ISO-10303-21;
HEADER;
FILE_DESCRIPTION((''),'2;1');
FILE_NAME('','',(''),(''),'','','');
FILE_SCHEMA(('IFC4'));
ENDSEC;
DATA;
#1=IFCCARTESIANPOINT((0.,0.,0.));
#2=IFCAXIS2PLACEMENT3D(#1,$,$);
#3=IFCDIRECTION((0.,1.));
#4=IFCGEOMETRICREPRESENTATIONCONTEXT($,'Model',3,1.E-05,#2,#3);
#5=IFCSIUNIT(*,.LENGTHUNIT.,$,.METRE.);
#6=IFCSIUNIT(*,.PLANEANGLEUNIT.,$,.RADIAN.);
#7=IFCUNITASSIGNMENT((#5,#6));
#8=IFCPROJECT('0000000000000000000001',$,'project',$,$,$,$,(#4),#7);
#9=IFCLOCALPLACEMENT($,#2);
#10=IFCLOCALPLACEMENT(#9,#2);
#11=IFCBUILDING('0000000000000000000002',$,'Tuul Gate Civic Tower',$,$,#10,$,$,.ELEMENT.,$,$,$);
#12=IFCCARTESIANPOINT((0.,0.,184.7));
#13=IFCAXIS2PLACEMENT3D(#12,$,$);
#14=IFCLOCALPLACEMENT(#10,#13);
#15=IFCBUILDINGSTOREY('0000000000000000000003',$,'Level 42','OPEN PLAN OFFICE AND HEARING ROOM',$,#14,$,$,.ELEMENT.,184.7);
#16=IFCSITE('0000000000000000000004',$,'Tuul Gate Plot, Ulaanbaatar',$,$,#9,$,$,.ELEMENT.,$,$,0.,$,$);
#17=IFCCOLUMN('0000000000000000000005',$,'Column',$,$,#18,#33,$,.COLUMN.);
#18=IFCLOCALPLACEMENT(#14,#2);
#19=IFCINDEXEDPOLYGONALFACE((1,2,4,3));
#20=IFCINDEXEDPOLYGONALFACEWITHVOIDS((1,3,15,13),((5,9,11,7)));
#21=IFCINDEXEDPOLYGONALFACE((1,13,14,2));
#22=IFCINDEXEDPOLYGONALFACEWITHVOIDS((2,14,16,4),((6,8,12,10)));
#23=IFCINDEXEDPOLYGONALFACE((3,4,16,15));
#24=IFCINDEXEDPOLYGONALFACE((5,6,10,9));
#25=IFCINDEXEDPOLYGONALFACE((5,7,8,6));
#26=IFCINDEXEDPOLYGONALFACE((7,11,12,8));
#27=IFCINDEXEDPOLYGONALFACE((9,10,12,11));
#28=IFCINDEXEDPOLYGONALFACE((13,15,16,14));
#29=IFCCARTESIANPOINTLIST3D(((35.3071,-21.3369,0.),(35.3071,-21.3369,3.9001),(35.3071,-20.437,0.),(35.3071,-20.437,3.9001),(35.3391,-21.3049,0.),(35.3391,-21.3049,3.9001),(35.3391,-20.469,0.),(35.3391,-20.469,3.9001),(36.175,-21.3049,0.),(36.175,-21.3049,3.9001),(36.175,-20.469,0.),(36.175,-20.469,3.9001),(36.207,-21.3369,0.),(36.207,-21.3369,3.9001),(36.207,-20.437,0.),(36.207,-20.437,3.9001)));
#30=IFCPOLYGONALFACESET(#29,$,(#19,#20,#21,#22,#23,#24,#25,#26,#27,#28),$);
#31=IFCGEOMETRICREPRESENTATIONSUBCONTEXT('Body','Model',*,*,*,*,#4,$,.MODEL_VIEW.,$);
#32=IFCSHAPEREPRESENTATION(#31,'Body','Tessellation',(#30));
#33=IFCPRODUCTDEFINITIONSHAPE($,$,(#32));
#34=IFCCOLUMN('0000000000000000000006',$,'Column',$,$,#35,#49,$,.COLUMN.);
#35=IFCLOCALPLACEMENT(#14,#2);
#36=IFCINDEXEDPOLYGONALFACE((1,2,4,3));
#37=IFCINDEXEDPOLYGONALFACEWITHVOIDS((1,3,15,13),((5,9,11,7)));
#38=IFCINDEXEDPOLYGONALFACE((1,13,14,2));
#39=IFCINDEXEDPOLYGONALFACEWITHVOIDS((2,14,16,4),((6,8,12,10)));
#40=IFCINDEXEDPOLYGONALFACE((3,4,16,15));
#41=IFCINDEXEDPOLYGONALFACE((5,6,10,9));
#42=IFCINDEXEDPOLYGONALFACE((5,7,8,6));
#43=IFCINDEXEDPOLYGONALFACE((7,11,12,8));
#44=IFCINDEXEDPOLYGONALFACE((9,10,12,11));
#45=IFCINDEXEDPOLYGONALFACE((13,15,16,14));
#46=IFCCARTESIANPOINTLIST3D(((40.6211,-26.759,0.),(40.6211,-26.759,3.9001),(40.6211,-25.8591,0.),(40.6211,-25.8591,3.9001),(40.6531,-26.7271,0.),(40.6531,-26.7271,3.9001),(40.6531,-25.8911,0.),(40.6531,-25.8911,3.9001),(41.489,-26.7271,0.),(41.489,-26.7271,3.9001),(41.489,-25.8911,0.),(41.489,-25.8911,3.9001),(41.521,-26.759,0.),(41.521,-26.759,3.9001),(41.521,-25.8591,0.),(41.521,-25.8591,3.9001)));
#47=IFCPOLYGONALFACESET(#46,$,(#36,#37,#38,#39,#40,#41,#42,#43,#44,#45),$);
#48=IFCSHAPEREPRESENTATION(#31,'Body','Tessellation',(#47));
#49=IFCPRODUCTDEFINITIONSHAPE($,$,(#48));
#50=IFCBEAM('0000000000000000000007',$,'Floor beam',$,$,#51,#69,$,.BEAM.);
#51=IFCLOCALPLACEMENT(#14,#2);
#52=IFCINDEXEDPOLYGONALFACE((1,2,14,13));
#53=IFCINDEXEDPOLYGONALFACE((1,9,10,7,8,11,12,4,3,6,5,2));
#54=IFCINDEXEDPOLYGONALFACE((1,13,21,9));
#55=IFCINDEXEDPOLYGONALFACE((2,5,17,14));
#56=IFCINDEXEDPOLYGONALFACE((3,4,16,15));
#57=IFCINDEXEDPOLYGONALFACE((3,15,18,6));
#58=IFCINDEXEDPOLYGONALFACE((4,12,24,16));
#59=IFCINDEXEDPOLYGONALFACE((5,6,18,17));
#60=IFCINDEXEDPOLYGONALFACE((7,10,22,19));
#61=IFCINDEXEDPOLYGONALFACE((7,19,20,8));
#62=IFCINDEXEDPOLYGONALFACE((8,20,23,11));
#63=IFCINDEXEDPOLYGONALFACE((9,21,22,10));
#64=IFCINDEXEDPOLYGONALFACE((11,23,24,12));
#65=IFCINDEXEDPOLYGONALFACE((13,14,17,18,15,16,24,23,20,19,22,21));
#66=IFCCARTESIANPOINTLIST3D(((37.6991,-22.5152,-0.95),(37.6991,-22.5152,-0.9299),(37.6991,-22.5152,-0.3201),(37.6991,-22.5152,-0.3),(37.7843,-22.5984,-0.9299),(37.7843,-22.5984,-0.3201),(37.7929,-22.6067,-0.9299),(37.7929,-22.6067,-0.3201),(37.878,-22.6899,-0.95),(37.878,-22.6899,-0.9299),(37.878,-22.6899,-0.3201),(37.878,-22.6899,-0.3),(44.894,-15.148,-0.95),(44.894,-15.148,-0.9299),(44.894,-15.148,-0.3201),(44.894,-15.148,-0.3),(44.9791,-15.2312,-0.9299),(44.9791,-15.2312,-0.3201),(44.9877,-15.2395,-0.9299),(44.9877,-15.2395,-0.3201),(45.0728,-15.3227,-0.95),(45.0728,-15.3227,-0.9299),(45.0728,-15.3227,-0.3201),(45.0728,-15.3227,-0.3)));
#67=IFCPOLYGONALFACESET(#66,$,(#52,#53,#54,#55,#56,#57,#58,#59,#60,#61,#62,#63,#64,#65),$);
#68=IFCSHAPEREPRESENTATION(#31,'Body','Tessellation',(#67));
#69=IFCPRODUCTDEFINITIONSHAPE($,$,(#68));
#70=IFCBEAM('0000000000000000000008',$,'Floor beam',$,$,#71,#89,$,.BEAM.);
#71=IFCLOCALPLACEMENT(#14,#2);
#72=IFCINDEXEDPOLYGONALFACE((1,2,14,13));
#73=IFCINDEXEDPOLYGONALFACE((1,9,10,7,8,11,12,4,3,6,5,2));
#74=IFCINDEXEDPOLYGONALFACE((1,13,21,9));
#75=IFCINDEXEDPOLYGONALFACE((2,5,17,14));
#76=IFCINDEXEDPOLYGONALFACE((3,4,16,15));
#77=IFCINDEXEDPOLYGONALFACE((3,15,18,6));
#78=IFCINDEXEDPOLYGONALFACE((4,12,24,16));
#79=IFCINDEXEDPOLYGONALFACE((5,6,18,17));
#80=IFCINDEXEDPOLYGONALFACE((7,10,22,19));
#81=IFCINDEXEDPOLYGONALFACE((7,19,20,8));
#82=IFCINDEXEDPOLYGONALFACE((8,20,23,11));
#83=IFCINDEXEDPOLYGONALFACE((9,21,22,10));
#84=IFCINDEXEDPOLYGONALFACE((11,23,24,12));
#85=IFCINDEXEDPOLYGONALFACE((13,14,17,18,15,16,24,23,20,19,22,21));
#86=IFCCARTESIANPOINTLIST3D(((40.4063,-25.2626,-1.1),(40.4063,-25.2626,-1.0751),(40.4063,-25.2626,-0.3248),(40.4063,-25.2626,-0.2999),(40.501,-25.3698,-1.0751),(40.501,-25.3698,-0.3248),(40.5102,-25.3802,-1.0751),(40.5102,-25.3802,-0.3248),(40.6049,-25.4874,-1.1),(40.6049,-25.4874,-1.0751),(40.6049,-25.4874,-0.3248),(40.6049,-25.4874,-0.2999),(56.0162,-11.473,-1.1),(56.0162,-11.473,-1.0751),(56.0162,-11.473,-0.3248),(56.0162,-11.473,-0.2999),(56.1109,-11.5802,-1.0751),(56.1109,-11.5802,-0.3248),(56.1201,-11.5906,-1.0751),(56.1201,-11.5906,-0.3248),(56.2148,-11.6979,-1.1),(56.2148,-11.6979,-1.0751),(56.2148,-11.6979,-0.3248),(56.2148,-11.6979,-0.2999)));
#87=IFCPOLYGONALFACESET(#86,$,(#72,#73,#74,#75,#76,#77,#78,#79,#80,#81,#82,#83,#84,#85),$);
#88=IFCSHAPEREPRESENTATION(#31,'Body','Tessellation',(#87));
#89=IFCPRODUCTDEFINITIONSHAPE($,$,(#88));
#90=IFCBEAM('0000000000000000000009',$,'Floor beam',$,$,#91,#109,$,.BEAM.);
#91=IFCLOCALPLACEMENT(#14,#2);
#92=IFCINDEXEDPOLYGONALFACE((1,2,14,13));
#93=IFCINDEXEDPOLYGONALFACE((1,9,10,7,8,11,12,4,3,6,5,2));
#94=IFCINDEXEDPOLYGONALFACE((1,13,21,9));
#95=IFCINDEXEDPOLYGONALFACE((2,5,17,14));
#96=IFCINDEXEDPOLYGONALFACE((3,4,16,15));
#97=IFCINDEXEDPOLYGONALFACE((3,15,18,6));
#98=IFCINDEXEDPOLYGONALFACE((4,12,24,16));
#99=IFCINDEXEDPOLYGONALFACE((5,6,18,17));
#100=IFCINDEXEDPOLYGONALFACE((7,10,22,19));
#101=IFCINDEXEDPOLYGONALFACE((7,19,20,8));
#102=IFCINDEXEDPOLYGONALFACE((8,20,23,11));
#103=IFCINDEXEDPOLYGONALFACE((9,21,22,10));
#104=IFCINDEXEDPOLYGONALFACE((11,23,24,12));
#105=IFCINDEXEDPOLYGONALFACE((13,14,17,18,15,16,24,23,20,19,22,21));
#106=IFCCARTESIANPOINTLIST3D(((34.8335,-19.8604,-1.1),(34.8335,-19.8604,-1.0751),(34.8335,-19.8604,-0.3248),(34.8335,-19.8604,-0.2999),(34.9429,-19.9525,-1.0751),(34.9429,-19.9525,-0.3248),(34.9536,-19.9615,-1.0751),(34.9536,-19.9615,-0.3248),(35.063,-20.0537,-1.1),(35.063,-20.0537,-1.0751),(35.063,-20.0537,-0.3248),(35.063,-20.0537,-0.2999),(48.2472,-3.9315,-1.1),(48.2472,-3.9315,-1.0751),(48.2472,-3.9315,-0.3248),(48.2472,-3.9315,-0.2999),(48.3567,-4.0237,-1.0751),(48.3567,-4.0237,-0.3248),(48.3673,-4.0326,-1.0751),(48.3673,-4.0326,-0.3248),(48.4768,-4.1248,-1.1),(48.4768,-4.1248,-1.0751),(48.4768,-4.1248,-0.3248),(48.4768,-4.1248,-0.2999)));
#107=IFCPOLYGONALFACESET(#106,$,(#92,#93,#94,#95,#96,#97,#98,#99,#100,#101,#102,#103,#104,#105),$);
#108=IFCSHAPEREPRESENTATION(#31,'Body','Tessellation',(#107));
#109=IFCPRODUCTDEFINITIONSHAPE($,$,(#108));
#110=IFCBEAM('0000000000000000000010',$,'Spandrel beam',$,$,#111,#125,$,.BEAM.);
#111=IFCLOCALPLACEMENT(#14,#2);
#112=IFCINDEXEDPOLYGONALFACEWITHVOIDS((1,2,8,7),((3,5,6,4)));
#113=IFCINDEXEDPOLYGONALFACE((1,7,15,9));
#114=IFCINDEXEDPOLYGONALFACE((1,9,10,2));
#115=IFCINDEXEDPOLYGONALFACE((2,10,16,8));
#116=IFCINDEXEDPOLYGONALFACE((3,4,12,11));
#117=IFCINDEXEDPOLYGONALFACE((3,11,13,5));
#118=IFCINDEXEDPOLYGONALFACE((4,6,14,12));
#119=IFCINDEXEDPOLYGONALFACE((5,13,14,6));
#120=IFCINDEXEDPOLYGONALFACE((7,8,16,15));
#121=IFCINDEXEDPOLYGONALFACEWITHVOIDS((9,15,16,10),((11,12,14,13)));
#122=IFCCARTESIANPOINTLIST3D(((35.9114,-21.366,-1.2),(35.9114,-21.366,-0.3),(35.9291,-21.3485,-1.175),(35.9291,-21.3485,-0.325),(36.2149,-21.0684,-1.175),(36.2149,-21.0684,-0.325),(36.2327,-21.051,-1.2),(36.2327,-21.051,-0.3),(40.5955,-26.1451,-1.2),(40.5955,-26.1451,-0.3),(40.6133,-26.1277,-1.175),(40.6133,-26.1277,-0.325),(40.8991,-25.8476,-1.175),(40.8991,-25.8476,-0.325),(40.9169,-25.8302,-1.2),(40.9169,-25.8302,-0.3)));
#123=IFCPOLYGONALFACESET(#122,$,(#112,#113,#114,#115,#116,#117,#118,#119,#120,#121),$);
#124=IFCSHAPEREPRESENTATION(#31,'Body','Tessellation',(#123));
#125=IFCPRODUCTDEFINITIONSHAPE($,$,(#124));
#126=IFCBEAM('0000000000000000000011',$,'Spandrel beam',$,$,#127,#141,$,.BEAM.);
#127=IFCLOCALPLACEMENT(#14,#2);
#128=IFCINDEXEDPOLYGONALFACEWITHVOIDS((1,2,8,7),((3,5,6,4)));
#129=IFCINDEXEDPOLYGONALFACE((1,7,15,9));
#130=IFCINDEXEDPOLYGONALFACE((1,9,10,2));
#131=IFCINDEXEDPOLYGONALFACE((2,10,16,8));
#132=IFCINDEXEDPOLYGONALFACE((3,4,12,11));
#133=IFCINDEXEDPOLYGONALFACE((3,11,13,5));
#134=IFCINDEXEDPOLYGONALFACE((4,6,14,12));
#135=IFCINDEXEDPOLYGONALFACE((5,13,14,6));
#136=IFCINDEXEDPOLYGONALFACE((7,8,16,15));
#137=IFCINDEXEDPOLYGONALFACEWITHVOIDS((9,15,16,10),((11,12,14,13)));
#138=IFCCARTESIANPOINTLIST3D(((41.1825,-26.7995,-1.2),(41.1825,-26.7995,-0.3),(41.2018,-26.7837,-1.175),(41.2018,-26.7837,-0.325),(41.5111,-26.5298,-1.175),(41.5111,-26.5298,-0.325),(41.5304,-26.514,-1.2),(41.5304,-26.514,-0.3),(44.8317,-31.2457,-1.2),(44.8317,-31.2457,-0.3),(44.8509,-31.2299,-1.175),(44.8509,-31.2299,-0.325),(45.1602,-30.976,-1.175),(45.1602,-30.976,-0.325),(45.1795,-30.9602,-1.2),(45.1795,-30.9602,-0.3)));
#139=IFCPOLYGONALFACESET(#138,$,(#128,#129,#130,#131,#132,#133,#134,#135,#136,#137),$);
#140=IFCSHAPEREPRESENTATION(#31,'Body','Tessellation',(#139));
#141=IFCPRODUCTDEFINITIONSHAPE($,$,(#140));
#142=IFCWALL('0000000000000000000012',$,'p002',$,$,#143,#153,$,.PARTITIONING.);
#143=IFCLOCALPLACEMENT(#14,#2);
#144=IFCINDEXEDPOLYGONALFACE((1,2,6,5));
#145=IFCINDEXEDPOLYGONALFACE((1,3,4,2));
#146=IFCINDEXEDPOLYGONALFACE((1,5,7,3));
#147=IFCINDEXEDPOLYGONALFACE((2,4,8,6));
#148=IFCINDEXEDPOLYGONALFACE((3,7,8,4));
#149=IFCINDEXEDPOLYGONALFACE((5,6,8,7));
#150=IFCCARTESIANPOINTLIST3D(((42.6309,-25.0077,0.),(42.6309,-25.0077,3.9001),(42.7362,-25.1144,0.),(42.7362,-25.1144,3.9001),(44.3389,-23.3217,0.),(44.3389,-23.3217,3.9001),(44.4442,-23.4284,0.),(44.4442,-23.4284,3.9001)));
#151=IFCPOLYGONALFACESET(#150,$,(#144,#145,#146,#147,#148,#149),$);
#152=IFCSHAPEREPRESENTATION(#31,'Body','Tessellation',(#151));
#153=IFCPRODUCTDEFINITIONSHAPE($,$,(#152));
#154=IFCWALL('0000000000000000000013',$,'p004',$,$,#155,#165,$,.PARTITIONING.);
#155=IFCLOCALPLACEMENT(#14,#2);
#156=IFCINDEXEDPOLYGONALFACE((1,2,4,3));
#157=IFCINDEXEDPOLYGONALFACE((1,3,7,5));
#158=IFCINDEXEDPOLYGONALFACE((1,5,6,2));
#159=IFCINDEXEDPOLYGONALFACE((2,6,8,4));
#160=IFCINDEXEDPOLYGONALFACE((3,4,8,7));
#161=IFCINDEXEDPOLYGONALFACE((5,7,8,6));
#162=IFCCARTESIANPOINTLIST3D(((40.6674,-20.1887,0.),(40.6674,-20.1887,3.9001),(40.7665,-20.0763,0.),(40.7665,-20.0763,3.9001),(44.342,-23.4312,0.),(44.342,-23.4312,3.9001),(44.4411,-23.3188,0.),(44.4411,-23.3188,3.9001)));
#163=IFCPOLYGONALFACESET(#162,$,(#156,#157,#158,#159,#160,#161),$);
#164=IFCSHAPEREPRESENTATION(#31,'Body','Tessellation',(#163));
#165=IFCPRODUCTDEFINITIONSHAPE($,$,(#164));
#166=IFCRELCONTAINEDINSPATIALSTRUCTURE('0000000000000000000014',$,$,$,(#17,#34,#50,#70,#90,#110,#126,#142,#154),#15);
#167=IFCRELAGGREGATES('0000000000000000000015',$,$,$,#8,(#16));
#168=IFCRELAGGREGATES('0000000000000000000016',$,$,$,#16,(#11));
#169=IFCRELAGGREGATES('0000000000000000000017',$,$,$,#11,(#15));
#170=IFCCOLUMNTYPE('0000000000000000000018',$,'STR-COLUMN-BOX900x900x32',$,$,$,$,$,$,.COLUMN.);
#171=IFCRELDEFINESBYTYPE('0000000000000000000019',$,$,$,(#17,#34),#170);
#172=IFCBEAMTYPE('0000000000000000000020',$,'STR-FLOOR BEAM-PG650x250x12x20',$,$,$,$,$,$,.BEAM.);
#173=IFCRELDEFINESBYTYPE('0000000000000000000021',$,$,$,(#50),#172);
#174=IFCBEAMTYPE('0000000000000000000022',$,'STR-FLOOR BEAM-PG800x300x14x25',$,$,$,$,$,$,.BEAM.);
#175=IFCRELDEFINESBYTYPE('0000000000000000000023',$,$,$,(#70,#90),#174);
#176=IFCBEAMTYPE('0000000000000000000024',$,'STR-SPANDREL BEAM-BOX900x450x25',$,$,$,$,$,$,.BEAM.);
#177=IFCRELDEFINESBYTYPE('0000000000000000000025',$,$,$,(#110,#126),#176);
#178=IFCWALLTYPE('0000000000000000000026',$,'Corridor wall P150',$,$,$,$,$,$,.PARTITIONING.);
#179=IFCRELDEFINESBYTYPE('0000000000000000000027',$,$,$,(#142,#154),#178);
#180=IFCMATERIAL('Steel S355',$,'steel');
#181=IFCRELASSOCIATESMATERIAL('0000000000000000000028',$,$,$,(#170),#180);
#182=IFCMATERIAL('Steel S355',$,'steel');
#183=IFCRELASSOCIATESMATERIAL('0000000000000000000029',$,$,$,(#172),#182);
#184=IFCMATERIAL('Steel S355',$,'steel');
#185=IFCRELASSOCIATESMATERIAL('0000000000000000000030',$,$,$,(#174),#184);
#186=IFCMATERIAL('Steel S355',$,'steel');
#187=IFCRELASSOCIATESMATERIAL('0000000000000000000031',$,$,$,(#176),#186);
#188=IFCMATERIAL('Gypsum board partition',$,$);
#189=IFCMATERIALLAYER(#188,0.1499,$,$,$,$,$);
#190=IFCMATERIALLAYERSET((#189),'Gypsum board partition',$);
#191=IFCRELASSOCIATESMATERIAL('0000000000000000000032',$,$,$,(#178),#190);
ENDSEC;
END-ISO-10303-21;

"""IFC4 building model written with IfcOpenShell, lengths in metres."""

from ifc_helpers import new_model, si_unit, direction, frame, frame_2d, origin, origin_2d, place, context, subcontext, project, spatial, rectangle, hollow_rectangle, i_section, extrude, material, layer, layer_set, material_profile, profile_set, type_object, element, save


model = new_model("IFC4")

# Units and contexts
model_context = context("Model", 3, precision=1e-05, world=origin(), true_north=direction((0.0, 1.0)))
body_context = subcontext(model_context, "Body", "Model", "MODEL_VIEW")
ifc_project = project(units=[si_unit("LENGTHUNIT", "METRE"), si_unit("PLANEANGLEUNIT", "RADIAN")], contexts=[model_context])

# Site, building, storey
site_placement = place(None, origin())
site = spatial("IfcSite", under=ifc_project, at=site_placement, Name="Tuul Gate Plot, Ulaanbaatar", CompositionType="ELEMENT", RefElevation=0.0)
building_placement = place(site_placement, origin())
building = spatial("IfcBuilding", under=site, at=building_placement, Name="Tuul Gate Civic Tower", CompositionType="ELEMENT")
storey_placement = place(building_placement, frame((0.0, 0.0, 184.7)))
storey = spatial("IfcBuildingStorey", under=building, at=storey_placement, Name="Level 42", Description="OPEN PLAN OFFICE AND HEARING ROOM", CompositionType="ELEMENT", Elevation=184.7)

# Columns
ifc_material_1 = material(Name="Steel S355", Category="steel")
ifc_material_profile_1 = material_profile(ifc_material_1, hollow_rectangle(XDim=0.8999, YDim=0.8999, WallThickness=0.032, at=origin_2d()), Name="BOX900x900x32")
ifc_profile_set_1 = profile_set([ifc_material_profile_1], Name="Steel S355")
column_type = type_object("IfcColumnType", Name="STR-COLUMN-BOX900x900x32", PredefinedType="COLUMN", material=ifc_profile_set_1)
for number, where, z_axis, x_axis, name in (
    (1, (35.7571, -20.887, 0.0), (0.0, 0.0, 1.0), (1.0, 0.0, 0.0), "Column"),
    (2, (41.071, -26.3091, 0.0), (0.0, 0.0, 1.0), (1.0, 0.0, 0.0), "Column"),
):
    element("IfcColumn", number, at=place(storey_placement, frame(where, z_axis=z_axis, x_axis=x_axis)), inside=storey, type_object=column_type, Name=name, PredefinedType="COLUMN", context=body_context, shape_type="SweptSolid", body=[
        extrude(hollow_rectangle(XDim=0.8999, YDim=0.8999, WallThickness=0.032, at=origin_2d()), origin(), (0.0, 0.0, 1.0), 3.9001),
    ])

# Beams
ifc_material_2 = material(Name="Steel S355", Category="steel")
ifc_material_profile_2 = material_profile(ifc_material_2, i_section(OverallWidth=0.25, OverallDepth=0.6499, WebThickness=0.012, FlangeThickness=0.02, at=origin_2d()), Name="PG650x250x12x20")
ifc_profile_set_2 = profile_set([ifc_material_profile_2], Name="Steel S355")
beam_type_1 = type_object("IfcBeamType", Name="STR-FLOOR BEAM-PG650x250x12x20", PredefinedType="BEAM", material=ifc_profile_set_2)
beam_1_placement = place(storey_placement, frame((37.7886, -22.6025, -0.625), z_axis=(0.698688, 0.715426, 0.0), x_axis=(-0.715426, 0.698688, 0.0)))
element("IfcBeam", 3, at=beam_1_placement, inside=storey, type_object=beam_type_1, Name="Floor beam", PredefinedType="BEAM", context=body_context, shape_type="SweptSolid", body=[
    extrude(i_section(OverallWidth=0.25, OverallDepth=0.6499, WebThickness=0.012, FlangeThickness=0.02, at=origin_2d()), origin(), (0.0, 0.0, 1.0), 10.2976),
])
ifc_material_3 = material(Name="Steel S355", Category="steel")
ifc_material_profile_3 = material_profile(ifc_material_3, i_section(OverallWidth=0.3, OverallDepth=0.8, WebThickness=0.0139, FlangeThickness=0.0249, at=origin_2d()), Name="PG800x300x14x25")
ifc_profile_set_3 = profile_set([ifc_material_profile_3], Name="Steel S355")
beam_type_2 = type_object("IfcBeamType", Name="STR-FLOOR BEAM-PG800x300x14x25", PredefinedType="BEAM", material=ifc_profile_set_3)
beam_2_placement = place(storey_placement, frame((40.5056, -25.375, -0.7), z_axis=(0.749453, 0.662057, 0.0), x_axis=(-0.662057, 0.749453, 0.0)))
element("IfcBeam", 4, at=beam_2_placement, inside=storey, type_object=beam_type_2, Name="Floor beam", PredefinedType="BEAM", context=body_context, shape_type="SweptSolid", body=[
    extrude(i_section(OverallWidth=0.3, OverallDepth=0.8, WebThickness=0.0139, FlangeThickness=0.0249, at=origin_2d()), origin(), (0.0, 0.0, 1.0), 20.8284),
])
beam_3_placement = place(storey_placement, frame((34.9482, -19.957, -0.7), z_axis=(0.644135, 0.764912, 0.0), x_axis=(-0.764912, 0.644135, 0.0)))
element("IfcBeam", 5, at=beam_3_placement, inside=storey, type_object=beam_type_2, Name="Floor beam", PredefinedType="BEAM", context=body_context, shape_type="SweptSolid", body=[
    extrude(i_section(OverallWidth=0.3, OverallDepth=0.8, WebThickness=0.0139, FlangeThickness=0.0249, at=origin_2d()), origin(), (0.0, 0.0, 1.0), 20.8245),
])
ifc_material_4 = material(Name="Steel S355", Category="steel")
ifc_material_profile_4 = material_profile(ifc_material_4, hollow_rectangle(XDim=0.45, YDim=0.8999, WallThickness=0.0249, at=origin_2d()), Name="BOX900x450x25")
ifc_profile_set_4 = profile_set([ifc_material_profile_4], Name="Steel S355")
beam_type_3 = type_object("IfcBeamType", Name="STR-SPANDREL BEAM-BOX900x450x25", PredefinedType="BEAM", material=ifc_profile_set_4)
beam_4_placement = place(storey_placement, frame((36.072, -21.2085, -0.75), z_axis=(0.699975, -0.714167, 0.0), x_axis=(0.714167, 0.699975, 0.0)))
element("IfcBeam", 6, at=beam_4_placement, inside=storey, type_object=beam_type_3, Name="Spandrel beam", PredefinedType="BEAM", context=body_context, shape_type="SweptSolid", body=[
    extrude(hollow_rectangle(XDim=0.45, YDim=0.8999, WallThickness=0.0249, at=origin_2d()), origin(), (0.0, 0.0, 1.0), 6.6919),
])
beam_5_placement = place(storey_placement, frame((41.3564, -26.6567, -0.75), z_axis=(0.634414, -0.772994, 0.0), x_axis=(0.772994, 0.634414, 0.0)))
element("IfcBeam", 7, at=beam_5_placement, inside=storey, type_object=beam_type_3, Name="Spandrel beam", PredefinedType="BEAM", context=body_context, shape_type="SweptSolid", body=[
    extrude(hollow_rectangle(XDim=0.45, YDim=0.8999, WallThickness=0.0249, at=origin_2d()), origin(), (0.0, 0.0, 1.0), 5.752),
])

# Walls
ifc_material_5 = material(Name="Gypsum board partition")
ifc_layer_1 = layer(ifc_material_5, 0.1499)
ifc_layer_set_1 = layer_set([ifc_layer_1], Name="Gypsum board partition")
wall_type_1 = type_object("IfcWallType", Name="Corridor wall P150", PredefinedType="PARTITIONING", material=ifc_layer_set_1)
wall_1_placement = place(storey_placement, frame((42.6836, -25.061, 0.0), z_axis=(0.0, 0.0, 1.0), x_axis=(0.71167, 0.702514, 0.0)))
element("IfcWall", 8, at=wall_1_placement, inside=storey, type_object=wall_type_1, Name="p002", PredefinedType="PARTITIONING", context=body_context, shape_type="SweptSolid", body=[
    extrude(rectangle(XDim=2.3999, YDim=0.1499, at=frame_2d((1.2, 0.0))), origin(), (0.0, 0.0, 1.0), 3.9001),
])
wall_2_placement = place(storey_placement, frame((40.717, -20.1326, 0.0), z_axis=(0.0, 0.0, 1.0), x_axis=(0.74982, -0.661641, 0.0)))
element("IfcWall", 9, at=wall_2_placement, inside=storey, type_object=wall_type_1, Name="p004", PredefinedType="PARTITIONING", context=body_context, shape_type="SweptSolid", body=[
    extrude(rectangle(XDim=4.9006, YDim=0.1499, at=frame_2d((2.4502, 0.0))), origin(), (0.0, 0.0, 1.0), 3.9001),
])

save(model, "model.ifc")
